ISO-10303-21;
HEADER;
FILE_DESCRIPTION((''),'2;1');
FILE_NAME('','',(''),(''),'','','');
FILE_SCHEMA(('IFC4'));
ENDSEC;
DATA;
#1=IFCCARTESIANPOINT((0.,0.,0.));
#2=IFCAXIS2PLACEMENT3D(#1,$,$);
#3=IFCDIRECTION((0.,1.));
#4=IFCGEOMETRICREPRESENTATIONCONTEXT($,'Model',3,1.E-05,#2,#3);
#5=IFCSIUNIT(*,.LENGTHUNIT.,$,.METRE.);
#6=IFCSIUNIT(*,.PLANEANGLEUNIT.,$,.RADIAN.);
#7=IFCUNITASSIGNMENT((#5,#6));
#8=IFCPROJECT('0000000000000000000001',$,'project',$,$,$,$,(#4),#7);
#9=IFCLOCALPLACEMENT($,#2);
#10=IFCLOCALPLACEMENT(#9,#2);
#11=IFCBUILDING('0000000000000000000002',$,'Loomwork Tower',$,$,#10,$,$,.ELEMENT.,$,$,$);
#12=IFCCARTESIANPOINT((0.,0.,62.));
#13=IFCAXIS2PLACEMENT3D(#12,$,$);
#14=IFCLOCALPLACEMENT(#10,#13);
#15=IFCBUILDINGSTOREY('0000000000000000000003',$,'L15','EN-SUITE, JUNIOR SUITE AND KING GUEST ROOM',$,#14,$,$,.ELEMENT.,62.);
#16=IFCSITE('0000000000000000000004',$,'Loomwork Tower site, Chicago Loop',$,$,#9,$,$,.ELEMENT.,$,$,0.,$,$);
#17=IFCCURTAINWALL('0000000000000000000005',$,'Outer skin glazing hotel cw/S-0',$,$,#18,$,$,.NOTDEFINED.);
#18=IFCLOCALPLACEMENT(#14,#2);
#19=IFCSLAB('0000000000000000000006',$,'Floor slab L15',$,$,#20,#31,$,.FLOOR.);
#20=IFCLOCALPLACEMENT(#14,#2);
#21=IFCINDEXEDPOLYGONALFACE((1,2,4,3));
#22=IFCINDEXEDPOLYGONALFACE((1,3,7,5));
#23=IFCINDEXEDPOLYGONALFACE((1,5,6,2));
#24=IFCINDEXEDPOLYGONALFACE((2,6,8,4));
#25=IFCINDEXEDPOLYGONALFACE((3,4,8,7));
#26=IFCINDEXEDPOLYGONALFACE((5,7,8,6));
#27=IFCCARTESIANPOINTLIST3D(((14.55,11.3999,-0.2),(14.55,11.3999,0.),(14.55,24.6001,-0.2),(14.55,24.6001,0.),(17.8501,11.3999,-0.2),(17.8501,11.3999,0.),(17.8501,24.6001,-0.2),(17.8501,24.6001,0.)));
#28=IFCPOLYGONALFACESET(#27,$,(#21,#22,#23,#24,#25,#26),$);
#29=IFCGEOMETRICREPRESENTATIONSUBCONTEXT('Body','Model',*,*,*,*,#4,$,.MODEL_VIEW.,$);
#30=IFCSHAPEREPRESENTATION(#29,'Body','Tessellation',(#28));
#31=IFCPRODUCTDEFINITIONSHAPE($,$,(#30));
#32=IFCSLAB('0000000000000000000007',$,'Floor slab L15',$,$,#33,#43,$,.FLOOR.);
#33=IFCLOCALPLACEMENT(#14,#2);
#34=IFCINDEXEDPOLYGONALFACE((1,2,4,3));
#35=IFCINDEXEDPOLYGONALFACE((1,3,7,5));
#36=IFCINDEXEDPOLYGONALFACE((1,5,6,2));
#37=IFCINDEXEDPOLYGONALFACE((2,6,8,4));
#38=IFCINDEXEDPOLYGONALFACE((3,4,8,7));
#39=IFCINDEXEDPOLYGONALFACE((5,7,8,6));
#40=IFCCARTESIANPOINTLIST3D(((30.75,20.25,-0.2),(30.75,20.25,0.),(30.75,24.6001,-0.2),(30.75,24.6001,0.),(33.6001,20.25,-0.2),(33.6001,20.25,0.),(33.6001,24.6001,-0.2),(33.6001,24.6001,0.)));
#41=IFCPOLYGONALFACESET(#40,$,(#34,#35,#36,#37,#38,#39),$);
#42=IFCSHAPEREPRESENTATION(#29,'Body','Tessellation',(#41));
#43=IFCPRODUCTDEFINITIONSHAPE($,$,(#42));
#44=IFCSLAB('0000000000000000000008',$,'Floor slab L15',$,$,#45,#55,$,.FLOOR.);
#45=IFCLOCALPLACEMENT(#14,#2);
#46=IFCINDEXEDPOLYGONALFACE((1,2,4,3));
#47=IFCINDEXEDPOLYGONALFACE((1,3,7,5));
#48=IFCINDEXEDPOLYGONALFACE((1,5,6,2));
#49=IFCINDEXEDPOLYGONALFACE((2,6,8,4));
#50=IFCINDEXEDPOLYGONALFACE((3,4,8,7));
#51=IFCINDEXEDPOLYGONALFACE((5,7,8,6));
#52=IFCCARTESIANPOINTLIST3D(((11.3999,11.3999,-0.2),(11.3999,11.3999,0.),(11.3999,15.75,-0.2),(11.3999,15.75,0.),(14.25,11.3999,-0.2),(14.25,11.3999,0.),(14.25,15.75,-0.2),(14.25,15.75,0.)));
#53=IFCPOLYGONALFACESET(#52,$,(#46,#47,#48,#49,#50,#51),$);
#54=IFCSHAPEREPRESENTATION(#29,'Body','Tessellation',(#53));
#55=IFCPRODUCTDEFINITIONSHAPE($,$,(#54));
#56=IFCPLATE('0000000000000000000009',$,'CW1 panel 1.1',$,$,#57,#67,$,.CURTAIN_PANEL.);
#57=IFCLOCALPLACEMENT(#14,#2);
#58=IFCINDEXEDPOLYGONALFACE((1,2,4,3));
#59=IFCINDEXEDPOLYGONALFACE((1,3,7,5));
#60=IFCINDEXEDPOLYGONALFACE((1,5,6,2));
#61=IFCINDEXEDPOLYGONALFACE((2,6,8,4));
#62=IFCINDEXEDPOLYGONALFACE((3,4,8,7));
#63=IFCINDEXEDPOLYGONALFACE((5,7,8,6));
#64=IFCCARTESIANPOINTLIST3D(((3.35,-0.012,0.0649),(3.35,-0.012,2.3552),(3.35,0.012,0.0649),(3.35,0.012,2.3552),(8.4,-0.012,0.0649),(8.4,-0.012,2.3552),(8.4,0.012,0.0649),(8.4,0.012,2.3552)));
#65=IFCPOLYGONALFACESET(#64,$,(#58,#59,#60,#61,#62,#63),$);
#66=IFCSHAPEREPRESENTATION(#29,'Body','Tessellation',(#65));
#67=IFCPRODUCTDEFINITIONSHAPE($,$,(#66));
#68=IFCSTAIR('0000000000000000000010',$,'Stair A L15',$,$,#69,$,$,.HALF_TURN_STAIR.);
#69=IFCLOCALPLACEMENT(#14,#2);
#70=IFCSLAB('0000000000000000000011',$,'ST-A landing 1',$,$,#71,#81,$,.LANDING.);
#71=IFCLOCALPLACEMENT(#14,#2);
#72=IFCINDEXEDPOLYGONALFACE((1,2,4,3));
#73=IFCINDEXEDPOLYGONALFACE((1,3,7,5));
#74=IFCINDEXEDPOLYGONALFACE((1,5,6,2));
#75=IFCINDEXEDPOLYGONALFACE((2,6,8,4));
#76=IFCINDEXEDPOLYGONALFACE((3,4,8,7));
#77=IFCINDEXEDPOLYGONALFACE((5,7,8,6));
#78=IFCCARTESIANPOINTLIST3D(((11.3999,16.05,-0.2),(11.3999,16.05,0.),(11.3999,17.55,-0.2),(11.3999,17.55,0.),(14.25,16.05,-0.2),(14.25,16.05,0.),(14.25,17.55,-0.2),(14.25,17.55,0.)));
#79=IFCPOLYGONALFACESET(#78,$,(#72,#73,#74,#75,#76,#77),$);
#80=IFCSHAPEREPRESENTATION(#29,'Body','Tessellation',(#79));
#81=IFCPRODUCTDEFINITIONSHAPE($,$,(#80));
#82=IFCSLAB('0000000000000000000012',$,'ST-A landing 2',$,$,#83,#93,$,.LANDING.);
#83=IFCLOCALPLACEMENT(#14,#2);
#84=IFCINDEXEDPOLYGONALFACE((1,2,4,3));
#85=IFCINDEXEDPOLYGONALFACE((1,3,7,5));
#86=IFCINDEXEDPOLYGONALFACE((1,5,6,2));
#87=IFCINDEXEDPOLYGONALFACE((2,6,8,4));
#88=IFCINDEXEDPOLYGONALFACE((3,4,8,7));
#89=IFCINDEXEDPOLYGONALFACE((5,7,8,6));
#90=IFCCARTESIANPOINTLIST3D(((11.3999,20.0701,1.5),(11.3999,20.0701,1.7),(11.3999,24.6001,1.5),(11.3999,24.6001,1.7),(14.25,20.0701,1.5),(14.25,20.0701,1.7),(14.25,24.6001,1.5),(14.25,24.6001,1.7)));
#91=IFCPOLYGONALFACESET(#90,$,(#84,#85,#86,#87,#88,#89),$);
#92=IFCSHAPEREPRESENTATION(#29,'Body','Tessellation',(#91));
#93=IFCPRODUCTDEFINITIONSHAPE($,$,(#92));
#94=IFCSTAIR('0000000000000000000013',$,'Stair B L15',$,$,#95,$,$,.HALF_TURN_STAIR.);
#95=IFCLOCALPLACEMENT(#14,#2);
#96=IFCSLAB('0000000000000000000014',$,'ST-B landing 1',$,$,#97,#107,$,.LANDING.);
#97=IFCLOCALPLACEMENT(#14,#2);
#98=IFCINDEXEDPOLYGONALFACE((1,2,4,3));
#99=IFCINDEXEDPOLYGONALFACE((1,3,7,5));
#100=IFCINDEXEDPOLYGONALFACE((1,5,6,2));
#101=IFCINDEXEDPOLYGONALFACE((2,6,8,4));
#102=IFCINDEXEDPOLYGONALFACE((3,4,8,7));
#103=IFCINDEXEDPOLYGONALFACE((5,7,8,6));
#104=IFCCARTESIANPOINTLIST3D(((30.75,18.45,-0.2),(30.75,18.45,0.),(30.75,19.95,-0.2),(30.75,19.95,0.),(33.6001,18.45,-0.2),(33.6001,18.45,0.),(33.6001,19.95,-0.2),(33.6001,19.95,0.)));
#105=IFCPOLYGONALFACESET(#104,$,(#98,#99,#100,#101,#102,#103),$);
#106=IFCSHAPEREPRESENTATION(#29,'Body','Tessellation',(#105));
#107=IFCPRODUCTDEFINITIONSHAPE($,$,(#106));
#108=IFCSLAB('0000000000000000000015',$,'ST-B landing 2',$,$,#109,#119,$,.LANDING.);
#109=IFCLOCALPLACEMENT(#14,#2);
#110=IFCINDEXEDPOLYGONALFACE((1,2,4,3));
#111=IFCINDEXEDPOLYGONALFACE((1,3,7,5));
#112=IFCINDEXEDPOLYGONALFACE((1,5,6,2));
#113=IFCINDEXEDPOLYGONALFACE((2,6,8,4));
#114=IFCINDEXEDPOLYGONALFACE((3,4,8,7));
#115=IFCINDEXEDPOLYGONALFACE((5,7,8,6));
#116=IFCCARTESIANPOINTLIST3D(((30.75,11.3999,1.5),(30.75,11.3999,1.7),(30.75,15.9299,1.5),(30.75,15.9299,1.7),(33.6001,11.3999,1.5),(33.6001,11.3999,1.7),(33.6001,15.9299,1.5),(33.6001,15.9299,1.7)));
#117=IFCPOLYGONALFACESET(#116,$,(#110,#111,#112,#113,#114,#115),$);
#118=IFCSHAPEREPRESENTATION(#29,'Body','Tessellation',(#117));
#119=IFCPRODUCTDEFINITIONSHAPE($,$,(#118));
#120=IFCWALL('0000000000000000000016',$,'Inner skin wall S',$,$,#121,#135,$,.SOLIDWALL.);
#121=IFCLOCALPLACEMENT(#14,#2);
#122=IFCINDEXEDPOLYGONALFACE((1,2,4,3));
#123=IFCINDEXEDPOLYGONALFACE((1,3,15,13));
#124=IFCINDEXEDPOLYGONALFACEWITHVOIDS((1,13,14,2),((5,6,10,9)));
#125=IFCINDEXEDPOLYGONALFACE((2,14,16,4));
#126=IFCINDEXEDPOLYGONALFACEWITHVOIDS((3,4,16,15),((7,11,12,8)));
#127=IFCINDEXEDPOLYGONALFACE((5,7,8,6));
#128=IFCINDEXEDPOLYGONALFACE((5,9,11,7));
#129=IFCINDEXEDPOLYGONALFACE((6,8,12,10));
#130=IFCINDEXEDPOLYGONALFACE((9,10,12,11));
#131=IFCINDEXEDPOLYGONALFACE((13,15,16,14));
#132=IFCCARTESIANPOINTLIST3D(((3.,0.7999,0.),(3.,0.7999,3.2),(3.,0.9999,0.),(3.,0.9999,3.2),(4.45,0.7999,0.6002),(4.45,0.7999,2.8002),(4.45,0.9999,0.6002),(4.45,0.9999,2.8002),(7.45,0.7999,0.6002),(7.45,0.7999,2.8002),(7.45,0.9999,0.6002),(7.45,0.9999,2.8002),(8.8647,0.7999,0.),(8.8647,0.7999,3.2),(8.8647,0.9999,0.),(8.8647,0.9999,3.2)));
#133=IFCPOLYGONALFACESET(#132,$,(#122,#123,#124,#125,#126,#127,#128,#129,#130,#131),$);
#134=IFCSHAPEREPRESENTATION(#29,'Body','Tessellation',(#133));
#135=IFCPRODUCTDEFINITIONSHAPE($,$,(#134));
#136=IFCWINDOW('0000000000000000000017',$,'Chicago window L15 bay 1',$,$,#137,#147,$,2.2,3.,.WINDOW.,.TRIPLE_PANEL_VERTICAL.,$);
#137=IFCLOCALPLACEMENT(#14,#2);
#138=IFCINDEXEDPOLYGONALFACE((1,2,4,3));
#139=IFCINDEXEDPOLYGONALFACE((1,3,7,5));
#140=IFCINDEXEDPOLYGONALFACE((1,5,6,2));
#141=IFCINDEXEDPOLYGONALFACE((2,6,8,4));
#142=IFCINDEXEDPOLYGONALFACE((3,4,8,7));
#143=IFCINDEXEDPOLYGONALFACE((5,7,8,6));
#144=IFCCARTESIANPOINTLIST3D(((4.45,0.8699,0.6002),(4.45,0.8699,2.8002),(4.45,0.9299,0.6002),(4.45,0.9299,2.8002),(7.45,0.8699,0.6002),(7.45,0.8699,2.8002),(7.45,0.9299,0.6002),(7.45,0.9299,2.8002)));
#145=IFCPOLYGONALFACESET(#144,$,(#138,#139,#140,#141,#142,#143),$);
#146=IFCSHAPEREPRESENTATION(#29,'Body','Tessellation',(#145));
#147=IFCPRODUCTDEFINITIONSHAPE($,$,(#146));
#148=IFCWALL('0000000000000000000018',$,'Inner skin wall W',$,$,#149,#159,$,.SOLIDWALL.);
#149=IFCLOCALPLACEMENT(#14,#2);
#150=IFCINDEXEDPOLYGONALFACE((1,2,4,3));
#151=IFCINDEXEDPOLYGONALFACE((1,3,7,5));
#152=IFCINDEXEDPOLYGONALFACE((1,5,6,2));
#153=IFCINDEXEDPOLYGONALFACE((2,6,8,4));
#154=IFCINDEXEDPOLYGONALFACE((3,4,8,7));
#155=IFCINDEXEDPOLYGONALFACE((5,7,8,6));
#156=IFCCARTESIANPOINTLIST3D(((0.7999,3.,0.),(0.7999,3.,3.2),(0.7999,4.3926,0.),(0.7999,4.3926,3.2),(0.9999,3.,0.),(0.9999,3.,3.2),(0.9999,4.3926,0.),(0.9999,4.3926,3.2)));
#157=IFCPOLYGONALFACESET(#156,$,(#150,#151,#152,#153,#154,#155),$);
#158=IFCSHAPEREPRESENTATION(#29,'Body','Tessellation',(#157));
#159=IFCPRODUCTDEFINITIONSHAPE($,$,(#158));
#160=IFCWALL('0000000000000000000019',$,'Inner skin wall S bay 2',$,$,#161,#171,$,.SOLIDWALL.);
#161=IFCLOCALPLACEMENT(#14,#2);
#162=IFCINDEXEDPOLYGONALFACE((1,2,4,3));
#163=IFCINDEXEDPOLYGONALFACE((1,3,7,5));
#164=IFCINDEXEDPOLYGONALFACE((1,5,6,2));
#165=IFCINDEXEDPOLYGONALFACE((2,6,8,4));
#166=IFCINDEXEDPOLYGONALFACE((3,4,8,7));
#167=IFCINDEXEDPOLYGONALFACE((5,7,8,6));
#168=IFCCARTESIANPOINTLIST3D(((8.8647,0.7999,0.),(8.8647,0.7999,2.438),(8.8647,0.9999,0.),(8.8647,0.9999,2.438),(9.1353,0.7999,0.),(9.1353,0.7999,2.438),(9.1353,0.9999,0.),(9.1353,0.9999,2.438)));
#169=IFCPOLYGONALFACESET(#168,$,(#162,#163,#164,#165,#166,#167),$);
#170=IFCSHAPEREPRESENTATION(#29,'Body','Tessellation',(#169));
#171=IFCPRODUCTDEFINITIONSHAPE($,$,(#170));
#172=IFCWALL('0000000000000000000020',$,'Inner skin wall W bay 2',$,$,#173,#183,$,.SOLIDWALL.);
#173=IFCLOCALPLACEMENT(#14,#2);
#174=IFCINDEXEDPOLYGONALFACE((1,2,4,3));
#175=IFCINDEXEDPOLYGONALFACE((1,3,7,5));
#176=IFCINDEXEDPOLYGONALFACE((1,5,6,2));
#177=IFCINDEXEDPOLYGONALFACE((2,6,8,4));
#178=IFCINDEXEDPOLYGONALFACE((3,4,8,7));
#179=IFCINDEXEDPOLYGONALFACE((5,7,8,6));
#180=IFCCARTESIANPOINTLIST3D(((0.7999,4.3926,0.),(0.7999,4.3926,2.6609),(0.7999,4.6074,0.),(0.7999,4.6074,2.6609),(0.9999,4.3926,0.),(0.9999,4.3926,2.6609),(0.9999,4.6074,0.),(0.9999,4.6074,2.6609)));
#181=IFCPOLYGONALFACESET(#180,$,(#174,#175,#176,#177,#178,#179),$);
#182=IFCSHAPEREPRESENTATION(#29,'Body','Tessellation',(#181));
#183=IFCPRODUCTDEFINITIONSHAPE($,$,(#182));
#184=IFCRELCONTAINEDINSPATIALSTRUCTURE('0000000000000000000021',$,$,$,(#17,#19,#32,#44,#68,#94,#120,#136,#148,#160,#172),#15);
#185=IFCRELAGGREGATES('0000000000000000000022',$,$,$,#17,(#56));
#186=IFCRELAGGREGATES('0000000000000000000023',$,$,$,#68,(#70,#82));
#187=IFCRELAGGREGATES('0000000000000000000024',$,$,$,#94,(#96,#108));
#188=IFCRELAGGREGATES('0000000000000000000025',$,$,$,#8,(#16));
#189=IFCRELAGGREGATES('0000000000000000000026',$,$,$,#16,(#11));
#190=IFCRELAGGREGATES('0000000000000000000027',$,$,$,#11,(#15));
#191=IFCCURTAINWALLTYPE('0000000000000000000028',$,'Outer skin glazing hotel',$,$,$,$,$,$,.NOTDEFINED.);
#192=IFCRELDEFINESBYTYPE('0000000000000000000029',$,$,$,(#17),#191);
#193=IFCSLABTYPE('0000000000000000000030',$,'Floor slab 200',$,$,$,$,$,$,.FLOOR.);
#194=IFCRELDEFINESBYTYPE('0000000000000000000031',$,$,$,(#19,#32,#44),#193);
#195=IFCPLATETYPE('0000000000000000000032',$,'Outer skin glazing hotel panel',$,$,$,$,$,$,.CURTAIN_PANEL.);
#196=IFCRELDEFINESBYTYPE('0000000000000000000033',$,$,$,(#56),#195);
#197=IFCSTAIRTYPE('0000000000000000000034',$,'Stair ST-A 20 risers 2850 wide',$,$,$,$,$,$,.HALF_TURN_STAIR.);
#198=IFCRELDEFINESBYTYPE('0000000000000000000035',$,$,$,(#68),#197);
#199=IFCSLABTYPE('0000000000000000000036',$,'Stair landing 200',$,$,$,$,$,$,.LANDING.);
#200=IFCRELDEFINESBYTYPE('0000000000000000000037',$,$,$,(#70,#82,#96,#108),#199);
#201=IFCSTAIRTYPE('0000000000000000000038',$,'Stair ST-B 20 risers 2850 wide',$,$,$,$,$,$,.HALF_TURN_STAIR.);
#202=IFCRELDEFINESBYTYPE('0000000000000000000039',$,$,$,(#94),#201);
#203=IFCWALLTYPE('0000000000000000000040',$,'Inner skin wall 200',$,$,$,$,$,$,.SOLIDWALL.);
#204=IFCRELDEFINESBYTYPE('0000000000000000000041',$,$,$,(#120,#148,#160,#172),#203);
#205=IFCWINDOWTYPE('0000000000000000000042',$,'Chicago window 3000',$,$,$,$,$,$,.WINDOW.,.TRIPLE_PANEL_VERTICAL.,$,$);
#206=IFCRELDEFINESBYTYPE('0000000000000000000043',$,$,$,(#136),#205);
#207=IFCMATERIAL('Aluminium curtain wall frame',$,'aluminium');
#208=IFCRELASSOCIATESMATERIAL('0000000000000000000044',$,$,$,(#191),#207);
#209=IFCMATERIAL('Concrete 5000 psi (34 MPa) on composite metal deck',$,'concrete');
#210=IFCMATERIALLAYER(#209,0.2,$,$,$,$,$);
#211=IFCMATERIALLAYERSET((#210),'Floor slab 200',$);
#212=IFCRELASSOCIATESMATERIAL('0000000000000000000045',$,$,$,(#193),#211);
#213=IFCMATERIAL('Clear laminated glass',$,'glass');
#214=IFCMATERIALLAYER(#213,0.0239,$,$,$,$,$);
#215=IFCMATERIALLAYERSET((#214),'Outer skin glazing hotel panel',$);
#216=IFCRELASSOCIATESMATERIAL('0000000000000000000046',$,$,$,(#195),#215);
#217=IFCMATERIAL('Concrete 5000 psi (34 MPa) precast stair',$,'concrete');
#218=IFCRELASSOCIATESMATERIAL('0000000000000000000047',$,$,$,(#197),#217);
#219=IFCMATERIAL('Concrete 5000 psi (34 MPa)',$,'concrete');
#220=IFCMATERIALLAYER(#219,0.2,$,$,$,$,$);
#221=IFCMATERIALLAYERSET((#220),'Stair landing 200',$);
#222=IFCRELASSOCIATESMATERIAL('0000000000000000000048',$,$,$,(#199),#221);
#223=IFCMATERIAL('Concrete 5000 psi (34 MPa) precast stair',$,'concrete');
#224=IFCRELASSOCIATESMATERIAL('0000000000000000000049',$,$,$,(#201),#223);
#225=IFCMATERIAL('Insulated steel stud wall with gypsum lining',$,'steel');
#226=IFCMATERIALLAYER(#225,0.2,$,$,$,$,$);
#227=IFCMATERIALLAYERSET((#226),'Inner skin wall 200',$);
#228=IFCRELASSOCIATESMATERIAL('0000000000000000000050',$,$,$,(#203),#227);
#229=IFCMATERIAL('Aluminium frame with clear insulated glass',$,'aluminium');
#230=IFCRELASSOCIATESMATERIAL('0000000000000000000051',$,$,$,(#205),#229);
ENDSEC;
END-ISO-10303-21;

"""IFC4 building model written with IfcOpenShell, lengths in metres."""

from ifc_helpers import new_model, si_unit, direction, frame, frame_2d, origin, origin_2d, place, context, subcontext, project, spatial, polyline, rectangle, outline, extrude, material, layer, layer_set, type_object, element, fill, aggregate, save


model = new_model("IFC4")

# Units and contexts
model_context = context("Model", 3, precision=1e-05, world=origin(), true_north=direction((0.0, 1.0)))
body_context = subcontext(model_context, "Body", "Model", "MODEL_VIEW")
ifc_project = project(units=[si_unit("LENGTHUNIT", "METRE"), si_unit("PLANEANGLEUNIT", "RADIAN")], contexts=[model_context])

# Site, building, storey
site_placement = place(None, origin())
site = spatial("IfcSite", under=ifc_project, at=site_placement, Name="Loomwork Tower site, Chicago Loop", CompositionType="ELEMENT", RefElevation=0.0)
building_placement = place(site_placement, origin())
building = spatial("IfcBuilding", under=site, at=building_placement, Name="Loomwork Tower", CompositionType="ELEMENT")
storey_placement = place(building_placement, frame((0.0, 0.0, 62.0)))
storey = spatial("IfcBuildingStorey", under=building, at=storey_placement, Name="L15", Description="EN-SUITE, JUNIOR SUITE AND KING GUEST ROOM", CompositionType="ELEMENT", Elevation=62.0)

# Curtain wall
ifc_material_1 = material(Name="Aluminium curtain wall frame", Category="aluminium")
curtain_wall_type = type_object("IfcCurtainWallType", Name="Outer skin glazing hotel", PredefinedType="NOTDEFINED", material=ifc_material_1)
curtain_wall_1_placement = place(storey_placement, origin())
curtain_wall_1 = element("IfcCurtainWall", 1, at=curtain_wall_1_placement, inside=storey, type_object=curtain_wall_type, Name="Outer skin glazing hotel cw/S-0", PredefinedType="NOTDEFINED")

# Slabs
ifc_material_2 = material(Name="Concrete 5000 psi (34 MPa) on composite metal deck", Category="concrete")
ifc_layer_1 = layer(ifc_material_2, 0.2)
ifc_layer_set_1 = layer_set([ifc_layer_1], Name="Floor slab 200")
slab_type_1 = type_object("IfcSlabType", Name="Floor slab 200", PredefinedType="FLOOR", material=ifc_layer_set_1)
slab_1_placement = place(storey_placement, frame((0.0, 0.0, -0.2)))
element("IfcSlab", 2, at=slab_1_placement, inside=storey, type_object=slab_type_1, Name="Floor slab L15", PredefinedType="FLOOR", context=body_context, shape_type="SweptSolid", body=[
    extrude(outline(polyline([(14.55, 11.3999), (14.55, 24.6001), (17.8501, 24.6001), (17.8501, 11.3999), (14.55, 11.3999)])), origin(), (0.0, 0.0, 1.0), 0.2),
])
slab_2_placement = place(storey_placement, frame((0.0, 0.0, -0.2)))
element("IfcSlab", 3, at=slab_2_placement, inside=storey, type_object=slab_type_1, Name="Floor slab L15", PredefinedType="FLOOR", context=body_context, shape_type="SweptSolid", body=[
    extrude(outline(polyline([(33.6001, 20.25), (30.75, 20.25), (30.75, 24.6001), (33.6001, 24.6001), (33.6001, 20.25)])), origin(), (0.0, 0.0, 1.0), 0.2),
])
slab_3_placement = place(storey_placement, frame((0.0, 0.0, -0.2)))
element("IfcSlab", 4, at=slab_3_placement, inside=storey, type_object=slab_type_1, Name="Floor slab L15", PredefinedType="FLOOR", context=body_context, shape_type="SweptSolid", body=[
    extrude(outline(polyline([(14.25, 15.75), (14.25, 11.3999), (11.3999, 11.3999), (11.3999, 15.75), (14.25, 15.75)])), origin(), (0.0, 0.0, 1.0), 0.2),
])

# Plate
ifc_material_3 = material(Name="Clear laminated glass", Category="glass")
ifc_layer_2 = layer(ifc_material_3, 0.0239)
ifc_layer_set_2 = layer_set([ifc_layer_2], Name="Outer skin glazing hotel panel")
plate_type = type_object("IfcPlateType", Name="Outer skin glazing hotel panel", PredefinedType="CURTAIN_PANEL", material=ifc_layer_set_2)
plate_placement = place(storey_placement, frame((5.875, 0.0, 0.0649), z_axis=(0.0, 0.0, 1.0), x_axis=(1.0, 0.0, 0.0)))
plate = element("IfcPlate", 5, at=plate_placement, type_object=plate_type, Name="CW1 panel 1.1", PredefinedType="CURTAIN_PANEL", context=body_context, shape_type="SweptSolid", body=[
    extrude(rectangle(XDim=5.05, YDim=0.0239, at=origin_2d()), origin(), (0.0, 0.0, 1.0), 2.2903),
])
aggregate(curtain_wall_1, [plate])

# Stairs, slabs
ifc_material_4 = material(Name="Concrete 5000 psi (34 MPa) precast stair", Category="concrete")
stair_type_1 = type_object("IfcStairType", Name="Stair ST-A 20 risers 2850 wide", PredefinedType="HALF_TURN_STAIR", material=ifc_material_4)
stair_1_placement = place(storey_placement, origin())
stair_1 = element("IfcStair", 6, at=stair_1_placement, inside=storey, type_object=stair_type_1, Name="Stair A L15", PredefinedType="HALF_TURN_STAIR")
ifc_material_5 = material(Name="Concrete 5000 psi (34 MPa)", Category="concrete")
ifc_layer_3 = layer(ifc_material_5, 0.2)
ifc_layer_set_3 = layer_set([ifc_layer_3], Name="Stair landing 200")
slab_type_2 = type_object("IfcSlabType", Name="Stair landing 200", PredefinedType="LANDING", material=ifc_layer_set_3)
slab_4_placement = place(storey_placement, frame((0.0, 0.0, -0.2)))
slab_4 = element("IfcSlab", 7, at=slab_4_placement, type_object=slab_type_2, Name="ST-A landing 1", PredefinedType="LANDING", context=body_context, shape_type="SweptSolid", body=[
    extrude(outline(polyline([(11.3999, 16.05), (14.25, 16.05), (14.25, 17.55), (11.3999, 17.55), (11.3999, 16.05)])), origin(), (0.0, 0.0, 1.0), 0.2),
])
slab_5_placement = place(storey_placement, frame((0.0, 0.0, 1.5)))
slab_5 = element("IfcSlab", 8, at=slab_5_placement, type_object=slab_type_2, Name="ST-A landing 2", PredefinedType="LANDING", context=body_context, shape_type="SweptSolid", body=[
    extrude(outline(polyline([(11.3999, 20.0701), (14.25, 20.0701), (14.25, 24.6001), (11.3999, 24.6001), (11.3999, 20.0701)])), origin(), (0.0, 0.0, 1.0), 0.2),
])
aggregate(stair_1, [slab_4, slab_5])
ifc_material_6 = material(Name="Concrete 5000 psi (34 MPa) precast stair", Category="concrete")
stair_type_2 = type_object("IfcStairType", Name="Stair ST-B 20 risers 2850 wide", PredefinedType="HALF_TURN_STAIR", material=ifc_material_6)
stair_2_placement = place(storey_placement, origin())
stair_2 = element("IfcStair", 9, at=stair_2_placement, inside=storey, type_object=stair_type_2, Name="Stair B L15", PredefinedType="HALF_TURN_STAIR")
slab_6_placement = place(storey_placement, frame((0.0, 0.0, -0.2)))
slab_6 = element("IfcSlab", 10, at=slab_6_placement, type_object=slab_type_2, Name="ST-B landing 1", PredefinedType="LANDING", context=body_context, shape_type="SweptSolid", body=[
    extrude(outline(polyline([(30.75, 18.45), (33.6001, 18.45), (33.6001, 19.95), (30.75, 19.95), (30.75, 18.45)])), origin(), (0.0, 0.0, 1.0), 0.2),
])
slab_7_placement = place(storey_placement, frame((0.0, 0.0, 1.5)))
slab_7 = element("IfcSlab", 11, at=slab_7_placement, type_object=slab_type_2, Name="ST-B landing 2", PredefinedType="LANDING", context=body_context, shape_type="SweptSolid", body=[
    extrude(outline(polyline([(30.75, 11.3999), (33.6001, 11.3999), (33.6001, 15.9299), (30.75, 15.9299), (30.75, 11.3999)])), origin(), (0.0, 0.0, 1.0), 0.2),
])
aggregate(stair_2, [slab_6, slab_7])

# Wall, opening, window
ifc_material_7 = material(Name="Insulated steel stud wall with gypsum lining", Category="steel")
ifc_layer_4 = layer(ifc_material_7, 0.2)
ifc_layer_set_4 = layer_set([ifc_layer_4], Name="Inner skin wall 200")
wall_type_1 = type_object("IfcWallType", Name="Inner skin wall 200", PredefinedType="SOLIDWALL", material=ifc_layer_set_4)
wall_1_placement = place(storey_placement, frame((3.0, 0.8999, 0.0), z_axis=(0.0, 0.0, 1.0), x_axis=(1.0, 0.0, 0.0)))
wall_1 = element("IfcWall", 12, at=wall_1_placement, inside=storey, type_object=wall_type_1, Name="Inner skin wall S", PredefinedType="SOLIDWALL", context=body_context, shape_type="SweptSolid", body=[
    extrude(rectangle(XDim=5.8647, YDim=0.2, at=frame_2d((2.9324, 0.0))), origin(), (0.0, 0.0, 1.0), 3.2),
])
opening_1_placement = place(wall_1_placement, frame((1.45, 0.0, 0.6001)))
opening_1 = element("IfcOpeningElement", 13, at=opening_1_placement, cuts=wall_1, PredefinedType="OPENING", context=body_context, shape_type="SweptSolid", body=[
    extrude(rectangle(XDim=3.0, YDim=2.2, at=frame_2d((1.5, 1.1001))), frame((0.0, 0.1099, 0.0), z_axis=(0.0, -1.0, 0.0), x_axis=(1.0, 0.0, 0.0)), (0.0, 0.0, 1.0), 0.22),
])
ifc_material_8 = material(Name="Aluminium frame with clear insulated glass", Category="aluminium")
window_type_1 = type_object("IfcWindowType", Name="Chicago window 3000", PartitioningType="TRIPLE_PANEL_VERTICAL", PredefinedType="WINDOW", material=ifc_material_8)
window_1_placement = place(opening_1_placement, origin())
window_1 = element("IfcWindow", 14, at=window_1_placement, inside=storey, type_object=window_type_1, Name="Chicago window L15 bay 1", OverallHeight=2.2, OverallWidth=3.0, PartitioningType="TRIPLE_PANEL_VERTICAL", PredefinedType="WINDOW", context=body_context, shape_type="SweptSolid", body=[
    extrude(rectangle(XDim=3.0, YDim=2.2, at=frame_2d((1.5, 1.1001))), frame((0.0, 0.03, 0.0), z_axis=(0.0, -1.0, 0.0), x_axis=(1.0, 0.0, 0.0)), (0.0, 0.0, 1.0), 0.0601),
])
fill(opening_1, window_1)

# Walls
wall_2_placement = place(storey_placement, frame((0.8999, 3.0, 0.0), z_axis=(0.0, 0.0, 1.0), x_axis=(0.0, 1.0, 0.0)))
element("IfcWall", 15, at=wall_2_placement, inside=storey, type_object=wall_type_1, Name="Inner skin wall W", PredefinedType="SOLIDWALL", context=body_context, shape_type="SweptSolid", body=[
    extrude(rectangle(XDim=1.3926, YDim=0.2, at=frame_2d((0.6963, 0.0))), origin(), (0.0, 0.0, 1.0), 3.2),
])
wall_3_placement = place(storey_placement, frame((8.8647, 0.8999, 0.0), z_axis=(0.0, 0.0, 1.0), x_axis=(1.0, 0.0, 0.0)))
element("IfcWall", 16, at=wall_3_placement, inside=storey, type_object=wall_type_1, Name="Inner skin wall S bay 2", PredefinedType="SOLIDWALL", context=body_context, shape_type="SweptSolid", body=[
    extrude(rectangle(XDim=0.2705, YDim=0.2, at=frame_2d((0.1353, 0.0))), origin(), (0.0, 0.0, 1.0), 2.438),
])
wall_4_placement = place(storey_placement, frame((0.8999, 4.3926, 0.0), z_axis=(0.0, 0.0, 1.0), x_axis=(0.0, 1.0, 0.0)))
element("IfcWall", 17, at=wall_4_placement, inside=storey, type_object=wall_type_1, Name="Inner skin wall W bay 2", PredefinedType="SOLIDWALL", context=body_context, shape_type="SweptSolid", body=[
    extrude(rectangle(XDim=0.2148, YDim=0.2, at=frame_2d((0.1074, 0.0))), origin(), (0.0, 0.0, 1.0), 2.6609),
])

save(model, "model.ifc")
